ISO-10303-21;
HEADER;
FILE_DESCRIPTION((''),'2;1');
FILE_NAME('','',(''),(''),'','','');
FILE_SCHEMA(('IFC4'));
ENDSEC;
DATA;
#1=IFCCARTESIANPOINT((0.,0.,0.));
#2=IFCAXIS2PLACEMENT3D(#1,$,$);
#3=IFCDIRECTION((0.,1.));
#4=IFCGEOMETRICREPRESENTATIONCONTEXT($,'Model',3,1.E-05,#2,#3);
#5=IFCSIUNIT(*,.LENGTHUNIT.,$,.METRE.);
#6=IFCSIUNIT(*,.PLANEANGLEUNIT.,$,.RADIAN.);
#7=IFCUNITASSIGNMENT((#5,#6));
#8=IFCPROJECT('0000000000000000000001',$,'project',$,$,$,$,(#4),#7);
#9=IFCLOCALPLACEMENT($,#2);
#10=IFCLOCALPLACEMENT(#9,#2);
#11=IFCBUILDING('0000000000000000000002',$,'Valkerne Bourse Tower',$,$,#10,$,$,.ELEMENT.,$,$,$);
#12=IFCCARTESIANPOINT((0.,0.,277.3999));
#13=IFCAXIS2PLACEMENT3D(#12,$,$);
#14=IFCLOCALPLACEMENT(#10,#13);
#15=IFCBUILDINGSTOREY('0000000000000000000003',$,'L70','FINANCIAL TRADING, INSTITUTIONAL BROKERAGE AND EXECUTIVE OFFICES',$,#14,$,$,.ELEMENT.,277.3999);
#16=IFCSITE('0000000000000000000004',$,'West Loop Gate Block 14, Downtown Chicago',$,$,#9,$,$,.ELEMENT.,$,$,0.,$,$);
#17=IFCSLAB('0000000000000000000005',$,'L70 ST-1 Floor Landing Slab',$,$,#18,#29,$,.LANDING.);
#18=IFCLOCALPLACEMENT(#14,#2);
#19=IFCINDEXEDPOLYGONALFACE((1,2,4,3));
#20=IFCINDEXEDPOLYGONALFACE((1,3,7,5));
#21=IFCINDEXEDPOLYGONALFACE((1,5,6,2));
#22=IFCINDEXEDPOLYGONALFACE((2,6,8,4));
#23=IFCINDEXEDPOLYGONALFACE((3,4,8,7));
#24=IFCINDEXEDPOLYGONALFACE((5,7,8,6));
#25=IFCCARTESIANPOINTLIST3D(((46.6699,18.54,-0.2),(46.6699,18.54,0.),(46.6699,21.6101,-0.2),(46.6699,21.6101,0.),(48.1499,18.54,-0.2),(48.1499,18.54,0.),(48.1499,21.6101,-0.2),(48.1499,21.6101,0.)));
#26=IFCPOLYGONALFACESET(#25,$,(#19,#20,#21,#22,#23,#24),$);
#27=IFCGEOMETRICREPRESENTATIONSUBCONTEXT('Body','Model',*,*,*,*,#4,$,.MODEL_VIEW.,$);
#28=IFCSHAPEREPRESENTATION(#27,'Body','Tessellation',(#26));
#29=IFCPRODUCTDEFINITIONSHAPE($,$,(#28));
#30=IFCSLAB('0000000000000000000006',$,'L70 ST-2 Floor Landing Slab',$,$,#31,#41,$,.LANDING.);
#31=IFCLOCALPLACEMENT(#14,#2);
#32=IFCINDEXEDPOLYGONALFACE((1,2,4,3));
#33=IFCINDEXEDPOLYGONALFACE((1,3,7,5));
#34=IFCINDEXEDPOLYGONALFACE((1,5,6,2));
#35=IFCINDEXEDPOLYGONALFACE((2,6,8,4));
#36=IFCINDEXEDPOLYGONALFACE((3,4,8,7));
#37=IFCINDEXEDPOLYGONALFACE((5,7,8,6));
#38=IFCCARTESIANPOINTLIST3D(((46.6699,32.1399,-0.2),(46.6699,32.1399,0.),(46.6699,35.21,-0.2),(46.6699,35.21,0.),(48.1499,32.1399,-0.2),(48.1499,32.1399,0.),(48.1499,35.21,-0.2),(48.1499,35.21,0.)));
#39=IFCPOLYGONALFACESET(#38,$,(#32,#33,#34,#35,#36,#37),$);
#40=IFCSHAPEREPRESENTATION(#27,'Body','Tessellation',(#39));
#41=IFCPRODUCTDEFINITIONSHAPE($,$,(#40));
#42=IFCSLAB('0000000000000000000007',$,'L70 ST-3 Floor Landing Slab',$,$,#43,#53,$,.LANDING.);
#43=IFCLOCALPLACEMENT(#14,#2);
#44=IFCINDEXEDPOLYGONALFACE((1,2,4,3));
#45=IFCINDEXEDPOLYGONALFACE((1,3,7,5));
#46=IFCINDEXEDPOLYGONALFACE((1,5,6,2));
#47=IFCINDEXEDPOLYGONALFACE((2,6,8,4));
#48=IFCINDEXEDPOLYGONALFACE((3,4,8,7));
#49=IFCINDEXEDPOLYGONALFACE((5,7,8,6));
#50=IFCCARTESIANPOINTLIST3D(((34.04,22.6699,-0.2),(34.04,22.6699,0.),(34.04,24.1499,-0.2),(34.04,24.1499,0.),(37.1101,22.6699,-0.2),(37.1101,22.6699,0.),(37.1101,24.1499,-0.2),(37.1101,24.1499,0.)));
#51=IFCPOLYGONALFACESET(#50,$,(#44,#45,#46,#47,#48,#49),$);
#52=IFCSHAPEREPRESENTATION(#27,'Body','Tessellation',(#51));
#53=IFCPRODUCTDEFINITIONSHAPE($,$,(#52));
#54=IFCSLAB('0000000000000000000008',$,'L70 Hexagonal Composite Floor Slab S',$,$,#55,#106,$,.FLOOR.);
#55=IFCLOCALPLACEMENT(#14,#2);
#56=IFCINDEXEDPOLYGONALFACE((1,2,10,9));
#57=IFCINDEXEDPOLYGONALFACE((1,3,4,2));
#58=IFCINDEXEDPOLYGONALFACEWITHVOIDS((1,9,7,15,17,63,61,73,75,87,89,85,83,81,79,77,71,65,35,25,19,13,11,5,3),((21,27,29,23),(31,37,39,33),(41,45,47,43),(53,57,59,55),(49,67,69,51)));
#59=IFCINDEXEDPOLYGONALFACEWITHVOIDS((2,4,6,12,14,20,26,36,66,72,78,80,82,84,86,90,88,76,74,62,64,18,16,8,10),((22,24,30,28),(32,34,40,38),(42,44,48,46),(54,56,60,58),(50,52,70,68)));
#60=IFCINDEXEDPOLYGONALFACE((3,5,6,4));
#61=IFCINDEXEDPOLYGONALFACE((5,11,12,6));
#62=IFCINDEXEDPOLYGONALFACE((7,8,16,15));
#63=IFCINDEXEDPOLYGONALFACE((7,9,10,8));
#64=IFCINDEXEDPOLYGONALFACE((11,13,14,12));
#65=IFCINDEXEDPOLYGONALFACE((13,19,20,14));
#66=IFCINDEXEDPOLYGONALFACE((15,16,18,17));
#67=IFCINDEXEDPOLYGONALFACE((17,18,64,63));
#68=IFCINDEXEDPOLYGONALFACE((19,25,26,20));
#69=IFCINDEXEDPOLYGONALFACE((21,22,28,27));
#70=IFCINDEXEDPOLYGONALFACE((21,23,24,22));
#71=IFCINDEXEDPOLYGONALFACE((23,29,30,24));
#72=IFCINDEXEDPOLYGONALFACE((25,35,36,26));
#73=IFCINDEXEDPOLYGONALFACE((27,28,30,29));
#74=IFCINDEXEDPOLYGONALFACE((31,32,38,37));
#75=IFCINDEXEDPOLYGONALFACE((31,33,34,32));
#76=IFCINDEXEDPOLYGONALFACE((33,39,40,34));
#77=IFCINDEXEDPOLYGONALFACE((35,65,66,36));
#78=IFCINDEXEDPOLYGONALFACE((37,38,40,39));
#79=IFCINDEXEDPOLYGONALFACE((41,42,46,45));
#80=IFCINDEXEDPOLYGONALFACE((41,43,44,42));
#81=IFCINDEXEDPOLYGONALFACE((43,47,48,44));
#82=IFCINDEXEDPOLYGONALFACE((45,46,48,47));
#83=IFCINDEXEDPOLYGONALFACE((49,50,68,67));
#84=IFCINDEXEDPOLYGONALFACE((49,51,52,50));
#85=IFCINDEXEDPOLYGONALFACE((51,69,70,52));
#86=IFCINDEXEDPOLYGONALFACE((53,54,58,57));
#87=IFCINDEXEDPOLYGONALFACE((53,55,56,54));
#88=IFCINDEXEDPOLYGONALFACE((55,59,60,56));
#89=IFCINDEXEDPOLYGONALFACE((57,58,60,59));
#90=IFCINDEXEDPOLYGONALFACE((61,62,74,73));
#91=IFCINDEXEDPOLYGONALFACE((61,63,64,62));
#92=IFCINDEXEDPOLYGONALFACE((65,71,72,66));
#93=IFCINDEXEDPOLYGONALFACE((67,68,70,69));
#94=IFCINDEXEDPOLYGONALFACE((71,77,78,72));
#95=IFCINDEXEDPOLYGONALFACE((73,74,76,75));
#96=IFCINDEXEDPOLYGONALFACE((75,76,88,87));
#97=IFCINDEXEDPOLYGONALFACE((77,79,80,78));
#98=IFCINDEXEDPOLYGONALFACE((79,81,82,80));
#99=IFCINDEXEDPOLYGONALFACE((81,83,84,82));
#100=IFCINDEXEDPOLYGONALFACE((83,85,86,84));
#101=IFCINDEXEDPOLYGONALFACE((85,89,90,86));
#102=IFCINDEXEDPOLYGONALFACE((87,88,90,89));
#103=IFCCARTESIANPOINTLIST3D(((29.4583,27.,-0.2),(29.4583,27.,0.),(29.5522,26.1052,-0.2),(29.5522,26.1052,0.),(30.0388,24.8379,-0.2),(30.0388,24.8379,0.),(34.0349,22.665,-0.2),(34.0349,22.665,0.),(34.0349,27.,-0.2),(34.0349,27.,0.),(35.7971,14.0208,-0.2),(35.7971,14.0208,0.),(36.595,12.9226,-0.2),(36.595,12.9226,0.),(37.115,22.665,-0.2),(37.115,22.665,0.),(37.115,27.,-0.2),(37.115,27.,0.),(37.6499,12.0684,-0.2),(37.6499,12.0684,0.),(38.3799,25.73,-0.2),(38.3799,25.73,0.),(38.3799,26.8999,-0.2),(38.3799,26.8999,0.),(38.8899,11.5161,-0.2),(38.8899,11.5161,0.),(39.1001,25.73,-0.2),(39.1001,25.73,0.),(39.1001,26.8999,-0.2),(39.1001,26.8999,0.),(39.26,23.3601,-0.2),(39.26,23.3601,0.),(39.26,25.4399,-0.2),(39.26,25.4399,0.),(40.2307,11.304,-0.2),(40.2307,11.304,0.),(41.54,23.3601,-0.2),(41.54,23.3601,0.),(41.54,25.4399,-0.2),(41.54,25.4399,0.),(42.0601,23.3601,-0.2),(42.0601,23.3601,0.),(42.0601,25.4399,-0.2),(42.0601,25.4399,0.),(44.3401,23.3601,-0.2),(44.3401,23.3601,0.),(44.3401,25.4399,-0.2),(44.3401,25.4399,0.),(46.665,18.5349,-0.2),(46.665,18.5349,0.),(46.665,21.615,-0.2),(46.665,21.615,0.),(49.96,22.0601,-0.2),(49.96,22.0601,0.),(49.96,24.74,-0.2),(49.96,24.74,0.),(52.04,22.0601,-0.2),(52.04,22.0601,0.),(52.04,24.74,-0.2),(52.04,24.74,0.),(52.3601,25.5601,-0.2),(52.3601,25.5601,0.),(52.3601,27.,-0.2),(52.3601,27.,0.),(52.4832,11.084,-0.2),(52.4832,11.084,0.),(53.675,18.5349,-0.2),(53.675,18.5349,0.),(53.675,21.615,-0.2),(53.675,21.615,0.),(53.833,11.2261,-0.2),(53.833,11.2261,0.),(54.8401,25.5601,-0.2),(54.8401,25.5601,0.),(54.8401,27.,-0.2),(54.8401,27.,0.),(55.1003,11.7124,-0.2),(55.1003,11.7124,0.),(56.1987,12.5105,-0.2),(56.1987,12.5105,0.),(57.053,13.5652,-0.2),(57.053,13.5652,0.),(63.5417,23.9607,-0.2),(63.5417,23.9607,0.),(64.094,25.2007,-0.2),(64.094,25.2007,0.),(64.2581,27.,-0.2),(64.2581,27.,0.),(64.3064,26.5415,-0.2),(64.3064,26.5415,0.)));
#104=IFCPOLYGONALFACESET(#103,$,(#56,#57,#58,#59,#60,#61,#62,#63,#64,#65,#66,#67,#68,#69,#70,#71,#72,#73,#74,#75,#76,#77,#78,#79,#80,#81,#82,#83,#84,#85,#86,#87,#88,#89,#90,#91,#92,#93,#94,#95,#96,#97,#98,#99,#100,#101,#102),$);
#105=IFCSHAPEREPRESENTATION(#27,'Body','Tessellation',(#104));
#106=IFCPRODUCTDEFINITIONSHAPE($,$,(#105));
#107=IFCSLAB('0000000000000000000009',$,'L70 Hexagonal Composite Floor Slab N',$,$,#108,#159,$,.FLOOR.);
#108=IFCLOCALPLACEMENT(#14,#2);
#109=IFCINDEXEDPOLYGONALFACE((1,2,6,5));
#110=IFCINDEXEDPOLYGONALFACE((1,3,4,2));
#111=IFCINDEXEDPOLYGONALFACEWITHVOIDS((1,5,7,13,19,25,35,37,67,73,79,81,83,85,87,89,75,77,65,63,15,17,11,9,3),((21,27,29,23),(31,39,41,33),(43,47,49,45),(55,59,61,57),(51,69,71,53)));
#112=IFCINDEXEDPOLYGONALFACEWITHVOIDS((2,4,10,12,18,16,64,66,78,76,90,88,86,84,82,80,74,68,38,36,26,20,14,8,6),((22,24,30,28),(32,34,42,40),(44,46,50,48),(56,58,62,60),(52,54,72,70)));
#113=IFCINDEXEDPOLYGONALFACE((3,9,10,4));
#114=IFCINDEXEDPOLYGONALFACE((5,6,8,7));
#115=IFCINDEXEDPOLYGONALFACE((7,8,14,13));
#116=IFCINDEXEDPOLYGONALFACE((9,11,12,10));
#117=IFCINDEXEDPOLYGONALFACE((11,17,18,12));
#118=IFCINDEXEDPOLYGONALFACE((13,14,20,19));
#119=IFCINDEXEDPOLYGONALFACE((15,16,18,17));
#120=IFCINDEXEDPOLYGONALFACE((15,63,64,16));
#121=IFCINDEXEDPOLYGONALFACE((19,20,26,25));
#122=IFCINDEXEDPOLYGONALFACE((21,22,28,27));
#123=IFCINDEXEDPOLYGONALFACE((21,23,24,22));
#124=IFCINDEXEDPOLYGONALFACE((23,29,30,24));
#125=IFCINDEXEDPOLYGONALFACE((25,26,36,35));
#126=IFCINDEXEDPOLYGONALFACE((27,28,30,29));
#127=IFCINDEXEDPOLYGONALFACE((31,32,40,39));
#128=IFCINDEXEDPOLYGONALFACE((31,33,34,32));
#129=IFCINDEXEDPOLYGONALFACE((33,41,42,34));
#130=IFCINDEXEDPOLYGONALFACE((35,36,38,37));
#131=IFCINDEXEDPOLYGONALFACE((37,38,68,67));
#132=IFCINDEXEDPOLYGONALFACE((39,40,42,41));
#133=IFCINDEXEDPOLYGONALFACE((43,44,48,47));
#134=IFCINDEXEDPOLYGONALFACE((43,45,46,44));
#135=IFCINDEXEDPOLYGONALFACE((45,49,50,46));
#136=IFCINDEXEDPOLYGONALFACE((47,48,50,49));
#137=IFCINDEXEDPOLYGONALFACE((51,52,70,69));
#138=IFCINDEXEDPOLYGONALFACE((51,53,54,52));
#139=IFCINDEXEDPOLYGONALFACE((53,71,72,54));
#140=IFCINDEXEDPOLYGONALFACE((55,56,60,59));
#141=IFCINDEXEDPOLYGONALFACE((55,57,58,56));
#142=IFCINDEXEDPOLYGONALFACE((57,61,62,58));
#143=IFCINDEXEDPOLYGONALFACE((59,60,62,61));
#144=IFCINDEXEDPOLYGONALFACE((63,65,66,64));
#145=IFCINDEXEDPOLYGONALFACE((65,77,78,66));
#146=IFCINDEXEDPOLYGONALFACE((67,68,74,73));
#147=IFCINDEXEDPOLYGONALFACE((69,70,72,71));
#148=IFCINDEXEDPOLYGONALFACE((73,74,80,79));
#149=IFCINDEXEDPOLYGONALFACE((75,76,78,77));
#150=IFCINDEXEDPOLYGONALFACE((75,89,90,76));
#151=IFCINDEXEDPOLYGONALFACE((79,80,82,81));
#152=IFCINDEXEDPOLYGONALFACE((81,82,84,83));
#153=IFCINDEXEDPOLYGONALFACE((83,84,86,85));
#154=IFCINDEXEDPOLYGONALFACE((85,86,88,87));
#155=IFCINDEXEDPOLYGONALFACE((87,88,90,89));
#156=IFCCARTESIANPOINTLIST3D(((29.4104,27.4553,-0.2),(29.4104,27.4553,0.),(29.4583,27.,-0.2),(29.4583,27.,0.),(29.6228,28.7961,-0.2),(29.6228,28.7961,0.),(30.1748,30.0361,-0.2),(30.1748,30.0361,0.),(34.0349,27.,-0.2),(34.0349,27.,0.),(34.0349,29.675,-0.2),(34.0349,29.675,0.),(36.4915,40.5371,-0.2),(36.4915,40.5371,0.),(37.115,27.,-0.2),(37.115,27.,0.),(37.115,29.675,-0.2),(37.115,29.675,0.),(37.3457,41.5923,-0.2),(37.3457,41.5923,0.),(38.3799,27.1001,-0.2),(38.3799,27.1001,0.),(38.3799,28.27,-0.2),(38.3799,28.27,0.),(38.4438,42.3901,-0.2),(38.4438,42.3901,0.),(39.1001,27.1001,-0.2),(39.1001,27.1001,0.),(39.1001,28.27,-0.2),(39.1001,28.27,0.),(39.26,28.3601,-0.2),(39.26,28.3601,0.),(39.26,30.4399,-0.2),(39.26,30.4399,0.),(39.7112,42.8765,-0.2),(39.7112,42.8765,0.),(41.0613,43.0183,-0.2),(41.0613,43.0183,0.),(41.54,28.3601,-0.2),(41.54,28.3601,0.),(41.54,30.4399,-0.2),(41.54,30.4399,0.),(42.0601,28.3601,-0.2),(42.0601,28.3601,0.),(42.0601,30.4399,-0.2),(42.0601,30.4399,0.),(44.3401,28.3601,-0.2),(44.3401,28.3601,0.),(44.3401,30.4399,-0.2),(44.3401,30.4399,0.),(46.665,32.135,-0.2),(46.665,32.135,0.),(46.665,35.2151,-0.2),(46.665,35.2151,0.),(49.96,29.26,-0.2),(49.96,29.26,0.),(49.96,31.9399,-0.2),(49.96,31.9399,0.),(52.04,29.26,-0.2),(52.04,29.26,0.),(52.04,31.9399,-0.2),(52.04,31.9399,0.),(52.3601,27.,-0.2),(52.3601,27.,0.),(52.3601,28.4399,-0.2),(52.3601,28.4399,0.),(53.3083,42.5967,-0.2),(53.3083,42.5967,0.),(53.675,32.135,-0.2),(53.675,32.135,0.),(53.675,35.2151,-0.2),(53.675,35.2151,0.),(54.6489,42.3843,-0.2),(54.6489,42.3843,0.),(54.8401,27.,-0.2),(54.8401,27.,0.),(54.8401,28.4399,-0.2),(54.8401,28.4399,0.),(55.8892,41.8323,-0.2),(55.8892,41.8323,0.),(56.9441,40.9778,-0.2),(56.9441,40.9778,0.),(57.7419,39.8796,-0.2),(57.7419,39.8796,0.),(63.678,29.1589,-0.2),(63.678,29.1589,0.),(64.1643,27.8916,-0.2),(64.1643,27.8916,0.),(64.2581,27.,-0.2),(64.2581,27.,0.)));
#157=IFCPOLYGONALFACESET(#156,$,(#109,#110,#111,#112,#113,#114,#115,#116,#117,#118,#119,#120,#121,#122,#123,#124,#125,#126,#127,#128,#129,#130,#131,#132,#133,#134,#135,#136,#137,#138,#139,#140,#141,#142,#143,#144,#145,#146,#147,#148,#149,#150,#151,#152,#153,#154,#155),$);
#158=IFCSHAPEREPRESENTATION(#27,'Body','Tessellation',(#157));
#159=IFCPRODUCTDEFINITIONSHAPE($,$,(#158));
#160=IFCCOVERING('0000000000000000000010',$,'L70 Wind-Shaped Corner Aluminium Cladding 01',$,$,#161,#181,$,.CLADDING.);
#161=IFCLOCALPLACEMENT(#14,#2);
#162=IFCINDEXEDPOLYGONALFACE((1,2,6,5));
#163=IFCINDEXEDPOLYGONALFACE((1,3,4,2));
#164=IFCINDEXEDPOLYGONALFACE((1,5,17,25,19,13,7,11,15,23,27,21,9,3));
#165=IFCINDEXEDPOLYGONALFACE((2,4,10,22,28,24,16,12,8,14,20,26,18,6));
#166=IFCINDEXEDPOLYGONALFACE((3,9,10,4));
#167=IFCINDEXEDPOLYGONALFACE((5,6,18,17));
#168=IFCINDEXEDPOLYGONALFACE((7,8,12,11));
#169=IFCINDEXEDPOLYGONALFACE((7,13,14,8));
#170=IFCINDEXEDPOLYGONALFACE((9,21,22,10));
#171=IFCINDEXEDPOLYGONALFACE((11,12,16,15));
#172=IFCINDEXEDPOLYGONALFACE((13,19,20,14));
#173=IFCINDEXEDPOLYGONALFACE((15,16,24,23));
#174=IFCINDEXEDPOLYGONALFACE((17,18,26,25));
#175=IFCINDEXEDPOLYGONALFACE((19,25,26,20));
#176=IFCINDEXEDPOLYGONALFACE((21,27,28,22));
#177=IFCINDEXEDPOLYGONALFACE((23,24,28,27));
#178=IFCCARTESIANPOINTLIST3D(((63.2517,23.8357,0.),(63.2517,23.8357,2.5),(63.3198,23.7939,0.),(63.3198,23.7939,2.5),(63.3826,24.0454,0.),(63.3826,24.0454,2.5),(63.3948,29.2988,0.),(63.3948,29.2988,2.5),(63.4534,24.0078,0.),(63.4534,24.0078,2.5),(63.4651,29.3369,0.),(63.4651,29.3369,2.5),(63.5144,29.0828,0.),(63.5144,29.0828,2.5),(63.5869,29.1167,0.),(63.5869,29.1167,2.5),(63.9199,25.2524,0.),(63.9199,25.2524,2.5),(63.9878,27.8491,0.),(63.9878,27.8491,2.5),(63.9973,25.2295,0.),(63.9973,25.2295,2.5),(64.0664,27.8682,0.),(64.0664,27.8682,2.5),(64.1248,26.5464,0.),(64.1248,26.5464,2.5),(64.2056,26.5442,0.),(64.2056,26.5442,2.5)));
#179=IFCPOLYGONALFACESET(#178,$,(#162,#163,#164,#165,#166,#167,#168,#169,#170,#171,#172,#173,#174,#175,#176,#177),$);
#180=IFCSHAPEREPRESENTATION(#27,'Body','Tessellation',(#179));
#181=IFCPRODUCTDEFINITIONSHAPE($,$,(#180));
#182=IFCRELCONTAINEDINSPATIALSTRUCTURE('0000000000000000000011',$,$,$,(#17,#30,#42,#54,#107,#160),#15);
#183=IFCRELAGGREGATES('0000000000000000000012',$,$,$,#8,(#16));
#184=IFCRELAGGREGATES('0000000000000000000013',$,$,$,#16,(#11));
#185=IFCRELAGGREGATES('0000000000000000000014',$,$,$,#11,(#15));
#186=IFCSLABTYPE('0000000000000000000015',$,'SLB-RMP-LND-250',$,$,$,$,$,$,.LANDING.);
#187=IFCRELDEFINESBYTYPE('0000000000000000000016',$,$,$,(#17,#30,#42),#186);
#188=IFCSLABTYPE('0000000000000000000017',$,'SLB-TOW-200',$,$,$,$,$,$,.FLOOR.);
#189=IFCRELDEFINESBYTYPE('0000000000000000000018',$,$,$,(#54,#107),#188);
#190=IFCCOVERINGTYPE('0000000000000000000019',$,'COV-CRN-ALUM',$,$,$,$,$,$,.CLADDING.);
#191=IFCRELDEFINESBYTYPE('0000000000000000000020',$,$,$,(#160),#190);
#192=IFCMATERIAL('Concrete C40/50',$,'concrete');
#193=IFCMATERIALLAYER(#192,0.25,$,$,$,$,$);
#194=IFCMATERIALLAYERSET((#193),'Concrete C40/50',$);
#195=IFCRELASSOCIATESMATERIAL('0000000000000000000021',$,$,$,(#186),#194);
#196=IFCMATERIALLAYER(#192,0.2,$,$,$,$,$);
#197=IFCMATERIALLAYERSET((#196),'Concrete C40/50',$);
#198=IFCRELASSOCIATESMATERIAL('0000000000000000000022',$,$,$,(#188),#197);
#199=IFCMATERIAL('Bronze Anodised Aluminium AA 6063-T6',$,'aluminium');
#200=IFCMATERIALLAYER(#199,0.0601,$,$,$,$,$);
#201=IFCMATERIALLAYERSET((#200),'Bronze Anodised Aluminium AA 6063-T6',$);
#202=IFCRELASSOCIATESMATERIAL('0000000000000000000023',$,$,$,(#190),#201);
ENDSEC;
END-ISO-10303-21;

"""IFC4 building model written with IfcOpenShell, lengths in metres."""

from ifc_helpers import new_model, si_unit, direction, frame, origin, place, context, subcontext, project, spatial, polyline, outline, extrude, material, layer, layer_set, type_object, element, save


model = new_model("IFC4")

# Units and contexts
model_context = context("Model", 3, precision=1e-05, world=origin(), true_north=direction((0.0, 1.0)))
body_context = subcontext(model_context, "Body", "Model", "MODEL_VIEW")
ifc_project = project(units=[si_unit("LENGTHUNIT", "METRE"), si_unit("PLANEANGLEUNIT", "RADIAN")], contexts=[model_context])

# Site, building, storey
site_placement = place(None, origin())
site = spatial("IfcSite", under=ifc_project, at=site_placement, Name="West Loop Gate Block 14, Downtown Chicago", CompositionType="ELEMENT", RefElevation=0.0)
building_placement = place(site_placement, origin())
building = spatial("IfcBuilding", under=site, at=building_placement, Name="Valkerne Bourse Tower", CompositionType="ELEMENT")
storey_placement = place(building_placement, frame((0.0, 0.0, 277.3999)))
storey = spatial("IfcBuildingStorey", under=building, at=storey_placement, Name="L70", Description="FINANCIAL TRADING, INSTITUTIONAL BROKERAGE AND EXECUTIVE OFFICES", CompositionType="ELEMENT", Elevation=277.3999)

# Slabs
ifc_material_1 = material(Name="Concrete C40/50", Category="concrete")
ifc_layer_1 = layer(ifc_material_1, 0.25)
ifc_layer_set_1 = layer_set([ifc_layer_1], Name="Concrete C40/50")
slab_type_1 = type_object("IfcSlabType", Name="SLB-RMP-LND-250", PredefinedType="LANDING", material=ifc_layer_set_1)
slab_1_placement = place(storey_placement, frame((0.0, 0.0, -0.2)))
element("IfcSlab", 1, at=slab_1_placement, inside=storey, type_object=slab_type_1, Name="L70 ST-1 Floor Landing Slab", PredefinedType="LANDING", context=body_context, shape_type="SweptSolid", body=[
    extrude(outline(polyline([(46.6699, 18.54), (48.1499, 18.54), (48.1499, 21.6101), (46.6699, 21.6101), (46.6699, 18.54)])), origin(), (0.0, 0.0, 1.0), 0.2),
])
slab_2_placement = place(storey_placement, frame((0.0, 0.0, -0.2)))
element("IfcSlab", 2, at=slab_2_placement, inside=storey, type_object=slab_type_1, Name="L70 ST-2 Floor Landing Slab", PredefinedType="LANDING", context=body_context, shape_type="SweptSolid", body=[
    extrude(outline(polyline([(46.6699, 32.1399), (48.1499, 32.1399), (48.1499, 35.21), (46.6699, 35.21), (46.6699, 32.1399)])), origin(), (0.0, 0.0, 1.0), 0.2),
])
slab_3_placement = place(storey_placement, frame((0.0, 0.0, -0.2)))
element("IfcSlab", 3, at=slab_3_placement, inside=storey, type_object=slab_type_1, Name="L70 ST-3 Floor Landing Slab", PredefinedType="LANDING", context=body_context, shape_type="SweptSolid", body=[
    extrude(outline(polyline([(37.1101, 22.6699), (37.1101, 24.1499), (34.04, 24.1499), (34.04, 22.6699), (37.1101, 22.6699)])), origin(), (0.0, 0.0, 1.0), 0.2),
])
ifc_layer_2 = layer(ifc_material_1, 0.2)
ifc_layer_set_2 = layer_set([ifc_layer_2], Name="Concrete C40/50")
slab_type_2 = type_object("IfcSlabType", Name="SLB-TOW-200", PredefinedType="FLOOR", material=ifc_layer_set_2)
slab_4_placement = place(storey_placement, frame((0.0, 0.0, -0.2)))
element("IfcSlab", 4, at=slab_4_placement, inside=storey, type_object=slab_type_2, Name="L70 Hexagonal Composite Floor Slab S", PredefinedType="FLOOR", context=body_context, shape_type="SweptSolid", body=[
    extrude(outline(polyline([(64.3064, 26.5415), (64.094, 25.2007), (63.5417, 23.9607), (57.053, 13.5652), (56.1987, 12.5105), (55.1003, 11.7124), (53.833, 11.2261), (52.4832, 11.084), (40.2307, 11.304), (38.8899, 11.5161), (37.6499, 12.0684), (36.595, 12.9226), (35.7971, 14.0208), (30.0388, 24.8379), (29.5522, 26.1052), (29.4583, 27.0), (34.0349, 27.0), (34.0349, 22.665), (37.115, 22.665), (37.115, 27.0), (52.3601, 27.0), (52.3601, 25.5601), (54.8401, 25.5601), (54.8401, 27.0), (64.2581, 27.0), (64.3064, 26.5415)]), holes=[polyline([(39.26, 25.4399), (39.26, 23.3601), (41.54, 23.3601), (41.54, 25.4399), (39.26, 25.4399)]), polyline([(44.3401, 25.4399), (42.0601, 25.4399), (42.0601, 23.3601), (44.3401, 23.3601), (44.3401, 25.4399)]), polyline([(38.3799, 26.8999), (38.3799, 25.73), (39.1001, 25.73), (39.1001, 26.8999), (38.3799, 26.8999)]), polyline([(46.665, 21.615), (46.665, 18.5349), (53.675, 18.5349), (53.675, 21.615), (46.665, 21.615)]), polyline([(52.04, 24.74), (49.96, 24.74), (49.96, 22.0601), (52.04, 22.0601), (52.04, 24.74)])]), origin(), (0.0, 0.0, 1.0), 0.2),
])
slab_5_placement = place(storey_placement, frame((0.0, 0.0, -0.2)))
element("IfcSlab", 5, at=slab_5_placement, inside=storey, type_object=slab_type_2, Name="L70 Hexagonal Composite Floor Slab N", PredefinedType="FLOOR", context=body_context, shape_type="SweptSolid", body=[
    extrude(outline(polyline([(64.1643, 27.8916), (64.2581, 27.0), (54.8401, 27.0), (54.8401, 28.4399), (52.3601, 28.4399), (52.3601, 27.0), (37.115, 27.0), (37.115, 29.675), (34.0349, 29.675), (34.0349, 27.0), (29.4583, 27.0), (29.4104, 27.4553), (29.6228, 28.7961), (30.1748, 30.0361), (36.4915, 40.5371), (37.3457, 41.5923), (38.4438, 42.3901), (39.7112, 42.8765), (41.0613, 43.0183), (53.3083, 42.5967), (54.6489, 42.3843), (55.8892, 41.8323), (56.9441, 40.9778), (57.7419, 39.8796), (63.678, 29.1589), (64.1643, 27.8916)]), holes=[polyline([(39.1001, 28.27), (38.3799, 28.27), (38.3799, 27.1001), (39.1001, 27.1001), (39.1001, 28.27)]), polyline([(41.54, 30.4399), (39.26, 30.4399), (39.26, 28.3601), (41.54, 28.3601), (41.54, 30.4399)]), polyline([(42.0601, 30.4399), (42.0601, 28.3601), (44.3401, 28.3601), (44.3401, 30.4399), (42.0601, 30.4399)]), polyline([(52.04, 31.9399), (49.96, 31.9399), (49.96, 29.26), (52.04, 29.26), (52.04, 31.9399)]), polyline([(53.675, 35.2151), (46.665, 35.2151), (46.665, 32.135), (53.675, 32.135), (53.675, 35.2151)])]), origin(), (0.0, 0.0, 1.0), 0.2),
])

# Covering
ifc_material_2 = material(Name="Bronze Anodised Aluminium AA 6063-T6", Category="aluminium")
ifc_layer_3 = layer(ifc_material_2, 0.0601)
ifc_layer_set_3 = layer_set([ifc_layer_3], Name="Bronze Anodised Aluminium AA 6063-T6")
covering_type = type_object("IfcCoveringType", Name="COV-CRN-ALUM", PredefinedType="CLADDING", material=ifc_layer_set_3)
covering_1_placement = place(storey_placement, origin())
element("IfcCovering", 6, at=covering_1_placement, inside=storey, type_object=covering_type, Name="L70 Wind-Shaped Corner Aluminium Cladding 01", PredefinedType="CLADDING", context=body_context, shape_type="SweptSolid", body=[
    extrude(outline(polyline([(64.0664, 27.8682), (64.2056, 26.5442), (63.9973, 25.2295), (63.4534, 24.0078), (63.3198, 23.7939), (63.2517, 23.8357), (63.3826, 24.0454), (63.9199, 25.2524), (64.1248, 26.5464), (63.9878, 27.8491), (63.5144, 29.0828), (63.3948, 29.2988), (63.4651, 29.3369), (63.5869, 29.1167), (64.0664, 27.8682)])), origin(), (0.0, 0.0, 1.0), 2.5),
])

save(model, "model.ifc")
